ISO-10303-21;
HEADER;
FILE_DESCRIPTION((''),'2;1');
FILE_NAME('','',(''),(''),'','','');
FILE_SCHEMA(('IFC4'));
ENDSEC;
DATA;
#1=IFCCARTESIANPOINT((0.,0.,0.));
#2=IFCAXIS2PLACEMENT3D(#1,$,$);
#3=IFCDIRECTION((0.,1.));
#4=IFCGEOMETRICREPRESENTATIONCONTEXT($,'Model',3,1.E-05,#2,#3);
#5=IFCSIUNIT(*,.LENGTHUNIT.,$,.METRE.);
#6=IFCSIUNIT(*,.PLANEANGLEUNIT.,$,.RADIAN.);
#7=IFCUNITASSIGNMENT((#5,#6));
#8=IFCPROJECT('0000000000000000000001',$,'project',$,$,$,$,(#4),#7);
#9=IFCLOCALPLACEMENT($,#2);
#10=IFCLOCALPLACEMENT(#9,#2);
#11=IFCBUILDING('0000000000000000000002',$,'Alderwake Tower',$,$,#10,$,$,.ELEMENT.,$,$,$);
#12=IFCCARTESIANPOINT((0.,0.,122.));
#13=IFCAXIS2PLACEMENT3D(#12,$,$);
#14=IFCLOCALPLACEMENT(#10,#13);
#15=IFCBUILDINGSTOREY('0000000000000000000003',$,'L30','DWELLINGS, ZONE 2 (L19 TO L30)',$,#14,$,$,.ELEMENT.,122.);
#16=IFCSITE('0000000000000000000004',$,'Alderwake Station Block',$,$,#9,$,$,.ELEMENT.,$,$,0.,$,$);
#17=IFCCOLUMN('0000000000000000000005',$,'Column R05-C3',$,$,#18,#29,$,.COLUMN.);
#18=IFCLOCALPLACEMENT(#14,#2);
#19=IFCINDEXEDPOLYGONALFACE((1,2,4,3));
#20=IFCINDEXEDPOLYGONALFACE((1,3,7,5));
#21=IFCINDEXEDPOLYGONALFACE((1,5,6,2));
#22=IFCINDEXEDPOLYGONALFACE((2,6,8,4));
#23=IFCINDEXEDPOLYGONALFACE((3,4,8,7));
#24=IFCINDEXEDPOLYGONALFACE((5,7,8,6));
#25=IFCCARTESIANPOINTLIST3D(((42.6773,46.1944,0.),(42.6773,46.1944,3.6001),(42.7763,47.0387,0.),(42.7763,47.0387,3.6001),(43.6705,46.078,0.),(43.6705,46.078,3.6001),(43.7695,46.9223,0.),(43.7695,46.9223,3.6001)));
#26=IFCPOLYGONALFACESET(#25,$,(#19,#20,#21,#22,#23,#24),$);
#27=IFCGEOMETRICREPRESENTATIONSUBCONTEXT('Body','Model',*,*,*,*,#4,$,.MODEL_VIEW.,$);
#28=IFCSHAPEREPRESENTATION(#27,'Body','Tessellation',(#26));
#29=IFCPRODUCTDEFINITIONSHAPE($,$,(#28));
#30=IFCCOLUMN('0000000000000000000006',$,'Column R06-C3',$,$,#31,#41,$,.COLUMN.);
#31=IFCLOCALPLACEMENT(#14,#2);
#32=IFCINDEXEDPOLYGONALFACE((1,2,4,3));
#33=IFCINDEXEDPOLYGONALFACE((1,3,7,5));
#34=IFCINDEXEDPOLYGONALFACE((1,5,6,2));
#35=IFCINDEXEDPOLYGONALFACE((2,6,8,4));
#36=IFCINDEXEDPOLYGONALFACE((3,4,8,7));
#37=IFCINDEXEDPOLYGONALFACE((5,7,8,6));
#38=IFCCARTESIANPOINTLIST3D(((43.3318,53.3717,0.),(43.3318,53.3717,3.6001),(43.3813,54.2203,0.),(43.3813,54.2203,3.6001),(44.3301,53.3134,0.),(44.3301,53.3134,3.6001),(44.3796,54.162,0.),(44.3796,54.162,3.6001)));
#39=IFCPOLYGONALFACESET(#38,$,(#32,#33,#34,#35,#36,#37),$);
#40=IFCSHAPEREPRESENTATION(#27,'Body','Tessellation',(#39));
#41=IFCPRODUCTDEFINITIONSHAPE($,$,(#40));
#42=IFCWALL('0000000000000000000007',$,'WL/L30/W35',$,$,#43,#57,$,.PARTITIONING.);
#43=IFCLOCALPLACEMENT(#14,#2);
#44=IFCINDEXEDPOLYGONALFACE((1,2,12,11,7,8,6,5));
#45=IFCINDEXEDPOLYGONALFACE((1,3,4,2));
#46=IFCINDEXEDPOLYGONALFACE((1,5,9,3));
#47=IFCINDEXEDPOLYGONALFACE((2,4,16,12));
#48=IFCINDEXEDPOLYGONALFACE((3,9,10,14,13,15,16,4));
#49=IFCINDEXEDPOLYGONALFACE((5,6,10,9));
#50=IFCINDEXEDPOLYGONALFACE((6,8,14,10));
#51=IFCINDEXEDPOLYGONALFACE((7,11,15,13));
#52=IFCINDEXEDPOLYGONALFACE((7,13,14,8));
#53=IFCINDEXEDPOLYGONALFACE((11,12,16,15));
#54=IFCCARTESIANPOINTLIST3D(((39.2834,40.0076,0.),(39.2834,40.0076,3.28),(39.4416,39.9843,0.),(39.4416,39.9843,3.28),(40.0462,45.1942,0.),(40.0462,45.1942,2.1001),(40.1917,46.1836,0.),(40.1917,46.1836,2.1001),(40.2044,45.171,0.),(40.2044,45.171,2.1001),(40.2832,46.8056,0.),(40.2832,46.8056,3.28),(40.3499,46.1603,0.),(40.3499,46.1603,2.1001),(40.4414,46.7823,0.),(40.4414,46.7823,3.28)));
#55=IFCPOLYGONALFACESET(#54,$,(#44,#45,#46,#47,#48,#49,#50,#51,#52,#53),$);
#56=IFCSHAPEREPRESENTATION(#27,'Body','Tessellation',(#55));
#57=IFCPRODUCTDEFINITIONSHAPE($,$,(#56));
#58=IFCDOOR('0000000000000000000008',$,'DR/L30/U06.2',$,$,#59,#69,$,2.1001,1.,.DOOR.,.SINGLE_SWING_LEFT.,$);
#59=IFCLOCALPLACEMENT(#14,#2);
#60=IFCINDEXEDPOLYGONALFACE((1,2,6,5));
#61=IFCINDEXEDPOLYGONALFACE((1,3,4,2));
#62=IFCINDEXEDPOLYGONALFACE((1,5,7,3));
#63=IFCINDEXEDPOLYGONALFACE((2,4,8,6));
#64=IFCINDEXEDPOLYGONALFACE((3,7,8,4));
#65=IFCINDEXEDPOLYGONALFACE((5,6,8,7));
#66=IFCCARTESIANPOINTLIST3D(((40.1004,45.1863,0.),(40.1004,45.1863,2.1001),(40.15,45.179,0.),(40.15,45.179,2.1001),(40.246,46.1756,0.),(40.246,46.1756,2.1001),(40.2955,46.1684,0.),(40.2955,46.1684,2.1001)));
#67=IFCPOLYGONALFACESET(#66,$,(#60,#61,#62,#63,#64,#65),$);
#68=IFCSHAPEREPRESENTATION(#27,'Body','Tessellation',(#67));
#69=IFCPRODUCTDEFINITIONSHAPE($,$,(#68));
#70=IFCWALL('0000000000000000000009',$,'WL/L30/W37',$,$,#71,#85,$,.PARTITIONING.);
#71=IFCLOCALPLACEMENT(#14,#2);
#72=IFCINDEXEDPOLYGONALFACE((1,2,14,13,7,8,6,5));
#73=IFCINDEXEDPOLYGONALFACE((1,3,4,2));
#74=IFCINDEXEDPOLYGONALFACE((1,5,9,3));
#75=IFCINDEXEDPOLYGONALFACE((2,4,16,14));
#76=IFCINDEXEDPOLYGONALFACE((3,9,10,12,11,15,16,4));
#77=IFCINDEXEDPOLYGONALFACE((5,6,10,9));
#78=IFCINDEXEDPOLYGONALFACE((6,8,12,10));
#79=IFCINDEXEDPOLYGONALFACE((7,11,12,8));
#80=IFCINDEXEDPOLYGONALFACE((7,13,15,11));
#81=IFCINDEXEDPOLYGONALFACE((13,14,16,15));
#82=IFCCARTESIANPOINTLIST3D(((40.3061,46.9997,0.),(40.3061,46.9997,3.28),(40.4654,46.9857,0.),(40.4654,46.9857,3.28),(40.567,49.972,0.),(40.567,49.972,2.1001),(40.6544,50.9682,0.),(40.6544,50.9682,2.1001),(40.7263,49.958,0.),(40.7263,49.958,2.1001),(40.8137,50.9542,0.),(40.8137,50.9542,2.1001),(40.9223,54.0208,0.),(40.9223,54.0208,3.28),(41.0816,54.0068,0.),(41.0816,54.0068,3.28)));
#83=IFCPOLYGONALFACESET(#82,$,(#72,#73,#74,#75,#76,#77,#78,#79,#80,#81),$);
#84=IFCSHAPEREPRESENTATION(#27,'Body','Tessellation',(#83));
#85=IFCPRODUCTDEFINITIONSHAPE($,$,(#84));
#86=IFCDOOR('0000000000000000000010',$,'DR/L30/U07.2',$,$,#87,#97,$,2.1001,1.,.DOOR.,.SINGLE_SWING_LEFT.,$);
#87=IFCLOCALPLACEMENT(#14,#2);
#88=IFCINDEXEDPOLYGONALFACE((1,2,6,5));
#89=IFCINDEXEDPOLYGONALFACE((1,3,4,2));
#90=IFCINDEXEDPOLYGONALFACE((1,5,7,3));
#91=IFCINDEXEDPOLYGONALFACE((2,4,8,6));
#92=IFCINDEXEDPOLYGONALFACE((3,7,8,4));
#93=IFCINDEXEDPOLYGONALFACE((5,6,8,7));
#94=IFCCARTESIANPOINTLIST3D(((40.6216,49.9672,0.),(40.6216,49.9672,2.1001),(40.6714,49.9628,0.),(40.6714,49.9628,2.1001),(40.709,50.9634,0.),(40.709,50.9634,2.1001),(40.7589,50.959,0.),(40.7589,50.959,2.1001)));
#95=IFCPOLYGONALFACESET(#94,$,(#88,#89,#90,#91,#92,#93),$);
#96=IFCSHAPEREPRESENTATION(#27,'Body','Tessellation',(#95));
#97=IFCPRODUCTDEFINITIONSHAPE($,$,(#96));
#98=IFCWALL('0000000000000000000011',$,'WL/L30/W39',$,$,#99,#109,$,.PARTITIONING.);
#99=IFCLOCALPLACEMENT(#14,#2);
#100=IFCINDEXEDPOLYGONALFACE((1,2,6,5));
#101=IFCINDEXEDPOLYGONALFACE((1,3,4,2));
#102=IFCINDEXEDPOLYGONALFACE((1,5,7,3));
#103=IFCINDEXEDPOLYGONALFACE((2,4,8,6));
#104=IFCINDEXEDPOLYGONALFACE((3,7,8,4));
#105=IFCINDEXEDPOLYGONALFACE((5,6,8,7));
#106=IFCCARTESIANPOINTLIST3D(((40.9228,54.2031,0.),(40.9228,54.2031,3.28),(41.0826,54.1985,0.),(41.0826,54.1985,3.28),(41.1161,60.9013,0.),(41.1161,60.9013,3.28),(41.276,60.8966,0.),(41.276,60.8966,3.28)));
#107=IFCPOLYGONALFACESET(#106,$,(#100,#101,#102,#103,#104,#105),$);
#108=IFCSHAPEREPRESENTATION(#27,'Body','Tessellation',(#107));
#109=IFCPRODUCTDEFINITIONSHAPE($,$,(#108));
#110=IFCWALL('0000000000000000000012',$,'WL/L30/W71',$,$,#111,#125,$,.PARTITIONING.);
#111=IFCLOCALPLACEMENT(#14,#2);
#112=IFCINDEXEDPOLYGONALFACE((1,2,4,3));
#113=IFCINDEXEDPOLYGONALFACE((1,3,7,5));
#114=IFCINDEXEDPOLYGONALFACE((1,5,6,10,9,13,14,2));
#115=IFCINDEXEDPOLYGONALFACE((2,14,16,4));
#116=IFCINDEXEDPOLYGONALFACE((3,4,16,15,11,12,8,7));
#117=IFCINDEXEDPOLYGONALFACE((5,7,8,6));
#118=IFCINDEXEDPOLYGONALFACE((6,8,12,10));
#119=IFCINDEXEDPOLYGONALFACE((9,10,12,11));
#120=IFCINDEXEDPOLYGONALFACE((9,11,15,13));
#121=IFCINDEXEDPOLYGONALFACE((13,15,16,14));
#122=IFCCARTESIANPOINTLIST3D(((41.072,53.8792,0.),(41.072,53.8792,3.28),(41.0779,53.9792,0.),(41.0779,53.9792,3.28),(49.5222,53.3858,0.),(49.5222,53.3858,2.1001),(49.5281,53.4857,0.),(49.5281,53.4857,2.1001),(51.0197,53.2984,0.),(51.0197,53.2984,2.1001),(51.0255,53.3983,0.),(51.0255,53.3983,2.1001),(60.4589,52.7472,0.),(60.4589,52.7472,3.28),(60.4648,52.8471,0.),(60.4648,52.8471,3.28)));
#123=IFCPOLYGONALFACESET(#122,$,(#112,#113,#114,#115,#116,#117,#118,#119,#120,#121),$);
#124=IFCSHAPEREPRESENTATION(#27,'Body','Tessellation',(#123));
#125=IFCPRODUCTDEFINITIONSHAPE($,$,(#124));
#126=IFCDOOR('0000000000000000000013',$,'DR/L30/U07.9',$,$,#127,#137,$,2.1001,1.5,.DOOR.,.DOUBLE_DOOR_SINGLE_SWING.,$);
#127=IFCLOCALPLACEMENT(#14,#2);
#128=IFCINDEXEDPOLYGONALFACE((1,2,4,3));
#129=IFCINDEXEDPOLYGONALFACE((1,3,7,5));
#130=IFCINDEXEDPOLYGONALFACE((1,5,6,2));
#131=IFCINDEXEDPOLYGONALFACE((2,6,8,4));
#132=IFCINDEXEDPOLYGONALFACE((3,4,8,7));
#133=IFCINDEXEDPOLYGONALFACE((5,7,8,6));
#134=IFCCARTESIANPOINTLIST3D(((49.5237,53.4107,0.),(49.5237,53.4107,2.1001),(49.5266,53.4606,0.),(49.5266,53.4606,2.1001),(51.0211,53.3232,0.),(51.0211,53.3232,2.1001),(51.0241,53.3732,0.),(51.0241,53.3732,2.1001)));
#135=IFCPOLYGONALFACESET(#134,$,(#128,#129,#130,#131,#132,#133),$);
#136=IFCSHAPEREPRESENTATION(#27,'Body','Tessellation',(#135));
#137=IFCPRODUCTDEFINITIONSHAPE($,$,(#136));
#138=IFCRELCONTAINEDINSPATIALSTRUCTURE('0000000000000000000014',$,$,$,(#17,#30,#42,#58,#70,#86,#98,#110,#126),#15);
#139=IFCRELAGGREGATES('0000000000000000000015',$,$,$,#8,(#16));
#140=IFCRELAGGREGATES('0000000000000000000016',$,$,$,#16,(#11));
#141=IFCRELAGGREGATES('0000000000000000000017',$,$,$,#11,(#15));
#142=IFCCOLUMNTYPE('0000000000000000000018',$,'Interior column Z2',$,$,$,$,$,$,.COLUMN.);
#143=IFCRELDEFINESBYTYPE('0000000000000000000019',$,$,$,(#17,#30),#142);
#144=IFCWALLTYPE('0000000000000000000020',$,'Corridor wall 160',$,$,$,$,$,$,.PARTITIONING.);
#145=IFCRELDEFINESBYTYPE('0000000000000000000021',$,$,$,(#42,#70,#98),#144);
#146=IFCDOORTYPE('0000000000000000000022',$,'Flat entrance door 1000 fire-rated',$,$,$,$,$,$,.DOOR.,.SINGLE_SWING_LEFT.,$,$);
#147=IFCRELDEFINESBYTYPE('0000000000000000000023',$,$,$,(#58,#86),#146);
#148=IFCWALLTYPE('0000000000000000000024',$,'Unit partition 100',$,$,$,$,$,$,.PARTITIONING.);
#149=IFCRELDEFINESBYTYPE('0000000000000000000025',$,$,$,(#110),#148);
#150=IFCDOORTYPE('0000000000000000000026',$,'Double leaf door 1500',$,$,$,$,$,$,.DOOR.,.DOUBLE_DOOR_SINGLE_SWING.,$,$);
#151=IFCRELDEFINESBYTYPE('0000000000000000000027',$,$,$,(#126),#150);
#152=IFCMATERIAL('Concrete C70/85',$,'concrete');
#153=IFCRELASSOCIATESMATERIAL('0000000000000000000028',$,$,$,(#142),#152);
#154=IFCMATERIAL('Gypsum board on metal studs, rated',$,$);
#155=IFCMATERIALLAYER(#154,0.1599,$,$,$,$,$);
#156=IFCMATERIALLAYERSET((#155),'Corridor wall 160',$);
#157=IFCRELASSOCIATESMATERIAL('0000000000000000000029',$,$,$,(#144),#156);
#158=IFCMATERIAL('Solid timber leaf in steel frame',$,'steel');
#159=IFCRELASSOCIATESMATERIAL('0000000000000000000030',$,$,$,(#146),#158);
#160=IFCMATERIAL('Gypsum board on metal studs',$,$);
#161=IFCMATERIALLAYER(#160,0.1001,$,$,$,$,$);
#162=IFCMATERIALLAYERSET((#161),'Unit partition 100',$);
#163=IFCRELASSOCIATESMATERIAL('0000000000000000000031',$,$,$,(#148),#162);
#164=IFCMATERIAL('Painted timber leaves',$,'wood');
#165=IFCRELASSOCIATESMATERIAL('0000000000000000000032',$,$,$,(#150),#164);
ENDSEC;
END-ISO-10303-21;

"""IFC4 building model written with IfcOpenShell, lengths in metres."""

from ifc_helpers import new_model, si_unit, direction, frame, frame_2d, origin, origin_2d, place, context, subcontext, project, spatial, rectangle, extrude, material, layer, layer_set, material_profile, profile_set, type_object, element, fill, save


model = new_model("IFC4")

# Units and contexts
model_context = context("Model", 3, precision=1e-05, world=origin(), true_north=direction((0.0, 1.0)))
body_context = subcontext(model_context, "Body", "Model", "MODEL_VIEW")
ifc_project = project(units=[si_unit("LENGTHUNIT", "METRE"), si_unit("PLANEANGLEUNIT", "RADIAN")], contexts=[model_context])

# Site, building, storey
site_placement = place(None, origin())
site = spatial("IfcSite", under=ifc_project, at=site_placement, Name="Alderwake Station Block", CompositionType="ELEMENT", RefElevation=0.0)
building_placement = place(site_placement, origin())
building = spatial("IfcBuilding", under=site, at=building_placement, Name="Alderwake Tower", CompositionType="ELEMENT")
storey_placement = place(building_placement, frame((0.0, 0.0, 122.0)))
storey = spatial("IfcBuildingStorey", under=building, at=storey_placement, Name="L30", Description="DWELLINGS, ZONE 2 (L19 TO L30)", CompositionType="ELEMENT", Elevation=122.0)

# Columns
ifc_material_1 = material(Name="Concrete C70/85", Category="concrete")
ifc_material_profile = material_profile(ifc_material_1, rectangle(XDim=0.8501, YDim=1.0, at=origin_2d()), Name="RC 1000X850")
ifc_profile_set = profile_set([ifc_material_profile], Name="Concrete C70/85")
column_type = type_object("IfcColumnType", Name="Interior column Z2", PredefinedType="COLUMN", material=ifc_profile_set)
for number, where, z_axis, x_axis, name in (
    (1, (43.2234, 46.5583, 0.0), (0.0, 0.0, 1.0), (0.116402, 0.993202, 0.0), "Column R05-C3"),
    (2, (43.8557, 53.7668, 0.0), (0.0, 0.0, 1.0), (0.058299, 0.998299, 0.0), "Column R06-C3"),
):
    element("IfcColumn", number, at=place(storey_placement, frame(where, z_axis=z_axis, x_axis=x_axis)), inside=storey, type_object=column_type, Name=name, PredefinedType="COLUMN", context=body_context, shape_type="SweptSolid", body=[
        extrude(rectangle(XDim=0.8501, YDim=1.0, at=origin_2d()), origin(), (0.0, 0.0, 1.0), 3.6001),
    ])

# Walls, openings, doors
ifc_material_2 = material(Name="Gypsum board on metal studs, rated")
ifc_layer_1 = layer(ifc_material_2, 0.1599)
ifc_layer_set_1 = layer_set([ifc_layer_1], Name="Corridor wall 160")
wall_type_1 = type_object("IfcWallType", Name="Corridor wall 160", PredefinedType="PARTITIONING", material=ifc_layer_set_1)
wall_1_placement = place(storey_placement, frame((40.3623, 46.7939, 0.0), z_axis=(0.0, 0.0, 1.0), x_axis=(-0.145504, -0.989358, 0.0)))
wall_1 = element("IfcWall", 3, at=wall_1_placement, inside=storey, type_object=wall_type_1, Name="WL/L30/W35", PredefinedType="PARTITIONING", context=body_context, shape_type="SweptSolid", body=[
    extrude(rectangle(XDim=6.8711, YDim=0.1599, at=frame_2d((3.4355, 0.0))), origin(), (0.0, 0.0, 1.0), 3.28),
])
opening_1_placement = place(wall_1_placement, frame((0.6287, 0.0, 0.0)))
opening_1 = element("IfcOpeningElement", 4, at=opening_1_placement, cuts=wall_1, PredefinedType="OPENING", context=body_context, shape_type="SweptSolid", body=[
    extrude(rectangle(XDim=1.0, YDim=2.1001, at=frame_2d((0.5, 1.05))), frame((0.0, 0.0898, 0.0), z_axis=(0.0, -1.0, 0.0), x_axis=(1.0, 0.0, 0.0)), (0.0, 0.0, 1.0), 0.1799),
])
ifc_material_3 = material(Name="Solid timber leaf in steel frame", Category="steel")
door_type_1 = type_object("IfcDoorType", Name="Flat entrance door 1000 fire-rated", OperationType="SINGLE_SWING_LEFT", PredefinedType="DOOR", material=ifc_material_3)
door_1_placement = place(opening_1_placement, origin())
door_1 = element("IfcDoor", 5, at=door_1_placement, inside=storey, type_object=door_type_1, Name="DR/L30/U06.2", OperationType="SINGLE_SWING_LEFT", OverallHeight=2.1001, OverallWidth=1.0, PredefinedType="DOOR", context=body_context, shape_type="SweptSolid", body=[
    extrude(rectangle(XDim=1.0, YDim=2.1001, at=frame_2d((0.5, 1.05))), frame((0.0, 0.0249, 0.0), z_axis=(0.0, -1.0, 0.0), x_axis=(1.0, 0.0, 0.0)), (0.0, 0.0, 1.0), 0.05),
])
fill(opening_1, door_1)
wall_2_placement = place(storey_placement, frame((41.002, 54.0137, 0.0), z_axis=(0.0, 0.0, 1.0), x_axis=(-0.087431, -0.996171, 0.0)))
wall_2 = element("IfcWall", 6, at=wall_2_placement, inside=storey, type_object=wall_type_1, Name="WL/L30/W37", PredefinedType="PARTITIONING", context=body_context, shape_type="SweptSolid", body=[
    extrude(rectangle(XDim=7.0481, YDim=0.1599, at=frame_2d((3.5239, 0.0))), origin(), (0.0, 0.0, 1.0), 3.28),
])
opening_2_placement = place(wall_2_placement, frame((3.0642, 0.0, 0.0)))
opening_2 = element("IfcOpeningElement", 7, at=opening_2_placement, cuts=wall_2, PredefinedType="OPENING", context=body_context, shape_type="SweptSolid", body=[
    extrude(rectangle(XDim=1.0, YDim=2.1001, at=frame_2d((0.5, 1.05))), frame((0.0, 0.0898, 0.0), z_axis=(0.0, -1.0, 0.0), x_axis=(1.0, 0.0, 0.0)), (0.0, 0.0, 1.0), 0.1799),
])
door_2_placement = place(opening_2_placement, origin())
door_2 = element("IfcDoor", 8, at=door_2_placement, inside=storey, type_object=door_type_1, Name="DR/L30/U07.2", OperationType="SINGLE_SWING_LEFT", OverallHeight=2.1001, OverallWidth=1.0, PredefinedType="DOOR", context=body_context, shape_type="SweptSolid", body=[
    extrude(rectangle(XDim=1.0, YDim=2.1001, at=frame_2d((0.5, 1.05))), frame((0.0, 0.0249, 0.0), z_axis=(0.0, -1.0, 0.0), x_axis=(1.0, 0.0, 0.0)), (0.0, 0.0, 1.0), 0.05),
])
fill(opening_2, door_2)

# Wall
wall_3_placement = place(storey_placement, frame((41.0027, 54.2007, 0.0), z_axis=(0.0, 0.0, 1.0), x_axis=(0.028855, 0.999584, 0.0)))
element("IfcWall", 9, at=wall_3_placement, inside=storey, type_object=wall_type_1, Name="WL/L30/W39", PredefinedType="PARTITIONING", context=body_context, shape_type="SweptSolid", body=[
    extrude(rectangle(XDim=6.7009, YDim=0.1599, at=frame_2d((3.3506, 0.0))), origin(), (0.0, 0.0, 1.0), 3.28),
])

# Wall, opening, door
ifc_material_4 = material(Name="Gypsum board on metal studs")
ifc_layer_2 = layer(ifc_material_4, 0.1001)
ifc_layer_set_2 = layer_set([ifc_layer_2], Name="Unit partition 100")
wall_type_2 = type_object("IfcWallType", Name="Unit partition 100", PredefinedType="PARTITIONING", material=ifc_layer_set_2)
wall_4_placement = place(storey_placement, frame((41.075, 53.9292, 0.0), z_axis=(0.0, 0.0, 1.0), x_axis=(0.998299, -0.058295, 0.0)))
wall_4 = element("IfcWall", 10, at=wall_4_placement, inside=storey, type_object=wall_type_2, Name="WL/L30/W71", PredefinedType="PARTITIONING", context=body_context, shape_type="SweptSolid", body=[
    extrude(rectangle(XDim=19.4199, YDim=0.1001, at=frame_2d((9.71, 0.0))), origin(), (0.0, 0.0, 1.0), 3.28),
])
opening_3_placement = place(wall_4_placement, frame((8.4646, 0.0, 0.0)))
opening_3 = element("IfcOpeningElement", 11, at=opening_3_placement, cuts=wall_4, PredefinedType="OPENING", context=body_context, shape_type="SweptSolid", body=[
    extrude(rectangle(XDim=1.5, YDim=2.1001, at=frame_2d((0.75, 1.05))), frame((0.0, 0.0601, 0.0), z_axis=(0.0, -1.0, 0.0), x_axis=(1.0, 0.0, 0.0)), (0.0, 0.0, 1.0), 0.1201),
])
ifc_material_5 = material(Name="Painted timber leaves", Category="wood")
door_type_2 = type_object("IfcDoorType", Name="Double leaf door 1500", OperationType="DOUBLE_DOOR_SINGLE_SWING", PredefinedType="DOOR", material=ifc_material_5)
door_3_placement = place(opening_3_placement, origin())
door_3 = element("IfcDoor", 12, at=door_3_placement, inside=storey, type_object=door_type_2, Name="DR/L30/U07.9", OperationType="DOUBLE_DOOR_SINGLE_SWING", OverallHeight=2.1001, OverallWidth=1.5, PredefinedType="DOOR", context=body_context, shape_type="SweptSolid", body=[
    extrude(rectangle(XDim=1.5, YDim=2.1001, at=frame_2d((0.75, 1.05))), frame((0.0, 0.0249, 0.0), z_axis=(0.0, -1.0, 0.0), x_axis=(1.0, 0.0, 0.0)), (0.0, 0.0, 1.0), 0.05),
])
fill(opening_3, door_3)

save(model, "model.ifc")
